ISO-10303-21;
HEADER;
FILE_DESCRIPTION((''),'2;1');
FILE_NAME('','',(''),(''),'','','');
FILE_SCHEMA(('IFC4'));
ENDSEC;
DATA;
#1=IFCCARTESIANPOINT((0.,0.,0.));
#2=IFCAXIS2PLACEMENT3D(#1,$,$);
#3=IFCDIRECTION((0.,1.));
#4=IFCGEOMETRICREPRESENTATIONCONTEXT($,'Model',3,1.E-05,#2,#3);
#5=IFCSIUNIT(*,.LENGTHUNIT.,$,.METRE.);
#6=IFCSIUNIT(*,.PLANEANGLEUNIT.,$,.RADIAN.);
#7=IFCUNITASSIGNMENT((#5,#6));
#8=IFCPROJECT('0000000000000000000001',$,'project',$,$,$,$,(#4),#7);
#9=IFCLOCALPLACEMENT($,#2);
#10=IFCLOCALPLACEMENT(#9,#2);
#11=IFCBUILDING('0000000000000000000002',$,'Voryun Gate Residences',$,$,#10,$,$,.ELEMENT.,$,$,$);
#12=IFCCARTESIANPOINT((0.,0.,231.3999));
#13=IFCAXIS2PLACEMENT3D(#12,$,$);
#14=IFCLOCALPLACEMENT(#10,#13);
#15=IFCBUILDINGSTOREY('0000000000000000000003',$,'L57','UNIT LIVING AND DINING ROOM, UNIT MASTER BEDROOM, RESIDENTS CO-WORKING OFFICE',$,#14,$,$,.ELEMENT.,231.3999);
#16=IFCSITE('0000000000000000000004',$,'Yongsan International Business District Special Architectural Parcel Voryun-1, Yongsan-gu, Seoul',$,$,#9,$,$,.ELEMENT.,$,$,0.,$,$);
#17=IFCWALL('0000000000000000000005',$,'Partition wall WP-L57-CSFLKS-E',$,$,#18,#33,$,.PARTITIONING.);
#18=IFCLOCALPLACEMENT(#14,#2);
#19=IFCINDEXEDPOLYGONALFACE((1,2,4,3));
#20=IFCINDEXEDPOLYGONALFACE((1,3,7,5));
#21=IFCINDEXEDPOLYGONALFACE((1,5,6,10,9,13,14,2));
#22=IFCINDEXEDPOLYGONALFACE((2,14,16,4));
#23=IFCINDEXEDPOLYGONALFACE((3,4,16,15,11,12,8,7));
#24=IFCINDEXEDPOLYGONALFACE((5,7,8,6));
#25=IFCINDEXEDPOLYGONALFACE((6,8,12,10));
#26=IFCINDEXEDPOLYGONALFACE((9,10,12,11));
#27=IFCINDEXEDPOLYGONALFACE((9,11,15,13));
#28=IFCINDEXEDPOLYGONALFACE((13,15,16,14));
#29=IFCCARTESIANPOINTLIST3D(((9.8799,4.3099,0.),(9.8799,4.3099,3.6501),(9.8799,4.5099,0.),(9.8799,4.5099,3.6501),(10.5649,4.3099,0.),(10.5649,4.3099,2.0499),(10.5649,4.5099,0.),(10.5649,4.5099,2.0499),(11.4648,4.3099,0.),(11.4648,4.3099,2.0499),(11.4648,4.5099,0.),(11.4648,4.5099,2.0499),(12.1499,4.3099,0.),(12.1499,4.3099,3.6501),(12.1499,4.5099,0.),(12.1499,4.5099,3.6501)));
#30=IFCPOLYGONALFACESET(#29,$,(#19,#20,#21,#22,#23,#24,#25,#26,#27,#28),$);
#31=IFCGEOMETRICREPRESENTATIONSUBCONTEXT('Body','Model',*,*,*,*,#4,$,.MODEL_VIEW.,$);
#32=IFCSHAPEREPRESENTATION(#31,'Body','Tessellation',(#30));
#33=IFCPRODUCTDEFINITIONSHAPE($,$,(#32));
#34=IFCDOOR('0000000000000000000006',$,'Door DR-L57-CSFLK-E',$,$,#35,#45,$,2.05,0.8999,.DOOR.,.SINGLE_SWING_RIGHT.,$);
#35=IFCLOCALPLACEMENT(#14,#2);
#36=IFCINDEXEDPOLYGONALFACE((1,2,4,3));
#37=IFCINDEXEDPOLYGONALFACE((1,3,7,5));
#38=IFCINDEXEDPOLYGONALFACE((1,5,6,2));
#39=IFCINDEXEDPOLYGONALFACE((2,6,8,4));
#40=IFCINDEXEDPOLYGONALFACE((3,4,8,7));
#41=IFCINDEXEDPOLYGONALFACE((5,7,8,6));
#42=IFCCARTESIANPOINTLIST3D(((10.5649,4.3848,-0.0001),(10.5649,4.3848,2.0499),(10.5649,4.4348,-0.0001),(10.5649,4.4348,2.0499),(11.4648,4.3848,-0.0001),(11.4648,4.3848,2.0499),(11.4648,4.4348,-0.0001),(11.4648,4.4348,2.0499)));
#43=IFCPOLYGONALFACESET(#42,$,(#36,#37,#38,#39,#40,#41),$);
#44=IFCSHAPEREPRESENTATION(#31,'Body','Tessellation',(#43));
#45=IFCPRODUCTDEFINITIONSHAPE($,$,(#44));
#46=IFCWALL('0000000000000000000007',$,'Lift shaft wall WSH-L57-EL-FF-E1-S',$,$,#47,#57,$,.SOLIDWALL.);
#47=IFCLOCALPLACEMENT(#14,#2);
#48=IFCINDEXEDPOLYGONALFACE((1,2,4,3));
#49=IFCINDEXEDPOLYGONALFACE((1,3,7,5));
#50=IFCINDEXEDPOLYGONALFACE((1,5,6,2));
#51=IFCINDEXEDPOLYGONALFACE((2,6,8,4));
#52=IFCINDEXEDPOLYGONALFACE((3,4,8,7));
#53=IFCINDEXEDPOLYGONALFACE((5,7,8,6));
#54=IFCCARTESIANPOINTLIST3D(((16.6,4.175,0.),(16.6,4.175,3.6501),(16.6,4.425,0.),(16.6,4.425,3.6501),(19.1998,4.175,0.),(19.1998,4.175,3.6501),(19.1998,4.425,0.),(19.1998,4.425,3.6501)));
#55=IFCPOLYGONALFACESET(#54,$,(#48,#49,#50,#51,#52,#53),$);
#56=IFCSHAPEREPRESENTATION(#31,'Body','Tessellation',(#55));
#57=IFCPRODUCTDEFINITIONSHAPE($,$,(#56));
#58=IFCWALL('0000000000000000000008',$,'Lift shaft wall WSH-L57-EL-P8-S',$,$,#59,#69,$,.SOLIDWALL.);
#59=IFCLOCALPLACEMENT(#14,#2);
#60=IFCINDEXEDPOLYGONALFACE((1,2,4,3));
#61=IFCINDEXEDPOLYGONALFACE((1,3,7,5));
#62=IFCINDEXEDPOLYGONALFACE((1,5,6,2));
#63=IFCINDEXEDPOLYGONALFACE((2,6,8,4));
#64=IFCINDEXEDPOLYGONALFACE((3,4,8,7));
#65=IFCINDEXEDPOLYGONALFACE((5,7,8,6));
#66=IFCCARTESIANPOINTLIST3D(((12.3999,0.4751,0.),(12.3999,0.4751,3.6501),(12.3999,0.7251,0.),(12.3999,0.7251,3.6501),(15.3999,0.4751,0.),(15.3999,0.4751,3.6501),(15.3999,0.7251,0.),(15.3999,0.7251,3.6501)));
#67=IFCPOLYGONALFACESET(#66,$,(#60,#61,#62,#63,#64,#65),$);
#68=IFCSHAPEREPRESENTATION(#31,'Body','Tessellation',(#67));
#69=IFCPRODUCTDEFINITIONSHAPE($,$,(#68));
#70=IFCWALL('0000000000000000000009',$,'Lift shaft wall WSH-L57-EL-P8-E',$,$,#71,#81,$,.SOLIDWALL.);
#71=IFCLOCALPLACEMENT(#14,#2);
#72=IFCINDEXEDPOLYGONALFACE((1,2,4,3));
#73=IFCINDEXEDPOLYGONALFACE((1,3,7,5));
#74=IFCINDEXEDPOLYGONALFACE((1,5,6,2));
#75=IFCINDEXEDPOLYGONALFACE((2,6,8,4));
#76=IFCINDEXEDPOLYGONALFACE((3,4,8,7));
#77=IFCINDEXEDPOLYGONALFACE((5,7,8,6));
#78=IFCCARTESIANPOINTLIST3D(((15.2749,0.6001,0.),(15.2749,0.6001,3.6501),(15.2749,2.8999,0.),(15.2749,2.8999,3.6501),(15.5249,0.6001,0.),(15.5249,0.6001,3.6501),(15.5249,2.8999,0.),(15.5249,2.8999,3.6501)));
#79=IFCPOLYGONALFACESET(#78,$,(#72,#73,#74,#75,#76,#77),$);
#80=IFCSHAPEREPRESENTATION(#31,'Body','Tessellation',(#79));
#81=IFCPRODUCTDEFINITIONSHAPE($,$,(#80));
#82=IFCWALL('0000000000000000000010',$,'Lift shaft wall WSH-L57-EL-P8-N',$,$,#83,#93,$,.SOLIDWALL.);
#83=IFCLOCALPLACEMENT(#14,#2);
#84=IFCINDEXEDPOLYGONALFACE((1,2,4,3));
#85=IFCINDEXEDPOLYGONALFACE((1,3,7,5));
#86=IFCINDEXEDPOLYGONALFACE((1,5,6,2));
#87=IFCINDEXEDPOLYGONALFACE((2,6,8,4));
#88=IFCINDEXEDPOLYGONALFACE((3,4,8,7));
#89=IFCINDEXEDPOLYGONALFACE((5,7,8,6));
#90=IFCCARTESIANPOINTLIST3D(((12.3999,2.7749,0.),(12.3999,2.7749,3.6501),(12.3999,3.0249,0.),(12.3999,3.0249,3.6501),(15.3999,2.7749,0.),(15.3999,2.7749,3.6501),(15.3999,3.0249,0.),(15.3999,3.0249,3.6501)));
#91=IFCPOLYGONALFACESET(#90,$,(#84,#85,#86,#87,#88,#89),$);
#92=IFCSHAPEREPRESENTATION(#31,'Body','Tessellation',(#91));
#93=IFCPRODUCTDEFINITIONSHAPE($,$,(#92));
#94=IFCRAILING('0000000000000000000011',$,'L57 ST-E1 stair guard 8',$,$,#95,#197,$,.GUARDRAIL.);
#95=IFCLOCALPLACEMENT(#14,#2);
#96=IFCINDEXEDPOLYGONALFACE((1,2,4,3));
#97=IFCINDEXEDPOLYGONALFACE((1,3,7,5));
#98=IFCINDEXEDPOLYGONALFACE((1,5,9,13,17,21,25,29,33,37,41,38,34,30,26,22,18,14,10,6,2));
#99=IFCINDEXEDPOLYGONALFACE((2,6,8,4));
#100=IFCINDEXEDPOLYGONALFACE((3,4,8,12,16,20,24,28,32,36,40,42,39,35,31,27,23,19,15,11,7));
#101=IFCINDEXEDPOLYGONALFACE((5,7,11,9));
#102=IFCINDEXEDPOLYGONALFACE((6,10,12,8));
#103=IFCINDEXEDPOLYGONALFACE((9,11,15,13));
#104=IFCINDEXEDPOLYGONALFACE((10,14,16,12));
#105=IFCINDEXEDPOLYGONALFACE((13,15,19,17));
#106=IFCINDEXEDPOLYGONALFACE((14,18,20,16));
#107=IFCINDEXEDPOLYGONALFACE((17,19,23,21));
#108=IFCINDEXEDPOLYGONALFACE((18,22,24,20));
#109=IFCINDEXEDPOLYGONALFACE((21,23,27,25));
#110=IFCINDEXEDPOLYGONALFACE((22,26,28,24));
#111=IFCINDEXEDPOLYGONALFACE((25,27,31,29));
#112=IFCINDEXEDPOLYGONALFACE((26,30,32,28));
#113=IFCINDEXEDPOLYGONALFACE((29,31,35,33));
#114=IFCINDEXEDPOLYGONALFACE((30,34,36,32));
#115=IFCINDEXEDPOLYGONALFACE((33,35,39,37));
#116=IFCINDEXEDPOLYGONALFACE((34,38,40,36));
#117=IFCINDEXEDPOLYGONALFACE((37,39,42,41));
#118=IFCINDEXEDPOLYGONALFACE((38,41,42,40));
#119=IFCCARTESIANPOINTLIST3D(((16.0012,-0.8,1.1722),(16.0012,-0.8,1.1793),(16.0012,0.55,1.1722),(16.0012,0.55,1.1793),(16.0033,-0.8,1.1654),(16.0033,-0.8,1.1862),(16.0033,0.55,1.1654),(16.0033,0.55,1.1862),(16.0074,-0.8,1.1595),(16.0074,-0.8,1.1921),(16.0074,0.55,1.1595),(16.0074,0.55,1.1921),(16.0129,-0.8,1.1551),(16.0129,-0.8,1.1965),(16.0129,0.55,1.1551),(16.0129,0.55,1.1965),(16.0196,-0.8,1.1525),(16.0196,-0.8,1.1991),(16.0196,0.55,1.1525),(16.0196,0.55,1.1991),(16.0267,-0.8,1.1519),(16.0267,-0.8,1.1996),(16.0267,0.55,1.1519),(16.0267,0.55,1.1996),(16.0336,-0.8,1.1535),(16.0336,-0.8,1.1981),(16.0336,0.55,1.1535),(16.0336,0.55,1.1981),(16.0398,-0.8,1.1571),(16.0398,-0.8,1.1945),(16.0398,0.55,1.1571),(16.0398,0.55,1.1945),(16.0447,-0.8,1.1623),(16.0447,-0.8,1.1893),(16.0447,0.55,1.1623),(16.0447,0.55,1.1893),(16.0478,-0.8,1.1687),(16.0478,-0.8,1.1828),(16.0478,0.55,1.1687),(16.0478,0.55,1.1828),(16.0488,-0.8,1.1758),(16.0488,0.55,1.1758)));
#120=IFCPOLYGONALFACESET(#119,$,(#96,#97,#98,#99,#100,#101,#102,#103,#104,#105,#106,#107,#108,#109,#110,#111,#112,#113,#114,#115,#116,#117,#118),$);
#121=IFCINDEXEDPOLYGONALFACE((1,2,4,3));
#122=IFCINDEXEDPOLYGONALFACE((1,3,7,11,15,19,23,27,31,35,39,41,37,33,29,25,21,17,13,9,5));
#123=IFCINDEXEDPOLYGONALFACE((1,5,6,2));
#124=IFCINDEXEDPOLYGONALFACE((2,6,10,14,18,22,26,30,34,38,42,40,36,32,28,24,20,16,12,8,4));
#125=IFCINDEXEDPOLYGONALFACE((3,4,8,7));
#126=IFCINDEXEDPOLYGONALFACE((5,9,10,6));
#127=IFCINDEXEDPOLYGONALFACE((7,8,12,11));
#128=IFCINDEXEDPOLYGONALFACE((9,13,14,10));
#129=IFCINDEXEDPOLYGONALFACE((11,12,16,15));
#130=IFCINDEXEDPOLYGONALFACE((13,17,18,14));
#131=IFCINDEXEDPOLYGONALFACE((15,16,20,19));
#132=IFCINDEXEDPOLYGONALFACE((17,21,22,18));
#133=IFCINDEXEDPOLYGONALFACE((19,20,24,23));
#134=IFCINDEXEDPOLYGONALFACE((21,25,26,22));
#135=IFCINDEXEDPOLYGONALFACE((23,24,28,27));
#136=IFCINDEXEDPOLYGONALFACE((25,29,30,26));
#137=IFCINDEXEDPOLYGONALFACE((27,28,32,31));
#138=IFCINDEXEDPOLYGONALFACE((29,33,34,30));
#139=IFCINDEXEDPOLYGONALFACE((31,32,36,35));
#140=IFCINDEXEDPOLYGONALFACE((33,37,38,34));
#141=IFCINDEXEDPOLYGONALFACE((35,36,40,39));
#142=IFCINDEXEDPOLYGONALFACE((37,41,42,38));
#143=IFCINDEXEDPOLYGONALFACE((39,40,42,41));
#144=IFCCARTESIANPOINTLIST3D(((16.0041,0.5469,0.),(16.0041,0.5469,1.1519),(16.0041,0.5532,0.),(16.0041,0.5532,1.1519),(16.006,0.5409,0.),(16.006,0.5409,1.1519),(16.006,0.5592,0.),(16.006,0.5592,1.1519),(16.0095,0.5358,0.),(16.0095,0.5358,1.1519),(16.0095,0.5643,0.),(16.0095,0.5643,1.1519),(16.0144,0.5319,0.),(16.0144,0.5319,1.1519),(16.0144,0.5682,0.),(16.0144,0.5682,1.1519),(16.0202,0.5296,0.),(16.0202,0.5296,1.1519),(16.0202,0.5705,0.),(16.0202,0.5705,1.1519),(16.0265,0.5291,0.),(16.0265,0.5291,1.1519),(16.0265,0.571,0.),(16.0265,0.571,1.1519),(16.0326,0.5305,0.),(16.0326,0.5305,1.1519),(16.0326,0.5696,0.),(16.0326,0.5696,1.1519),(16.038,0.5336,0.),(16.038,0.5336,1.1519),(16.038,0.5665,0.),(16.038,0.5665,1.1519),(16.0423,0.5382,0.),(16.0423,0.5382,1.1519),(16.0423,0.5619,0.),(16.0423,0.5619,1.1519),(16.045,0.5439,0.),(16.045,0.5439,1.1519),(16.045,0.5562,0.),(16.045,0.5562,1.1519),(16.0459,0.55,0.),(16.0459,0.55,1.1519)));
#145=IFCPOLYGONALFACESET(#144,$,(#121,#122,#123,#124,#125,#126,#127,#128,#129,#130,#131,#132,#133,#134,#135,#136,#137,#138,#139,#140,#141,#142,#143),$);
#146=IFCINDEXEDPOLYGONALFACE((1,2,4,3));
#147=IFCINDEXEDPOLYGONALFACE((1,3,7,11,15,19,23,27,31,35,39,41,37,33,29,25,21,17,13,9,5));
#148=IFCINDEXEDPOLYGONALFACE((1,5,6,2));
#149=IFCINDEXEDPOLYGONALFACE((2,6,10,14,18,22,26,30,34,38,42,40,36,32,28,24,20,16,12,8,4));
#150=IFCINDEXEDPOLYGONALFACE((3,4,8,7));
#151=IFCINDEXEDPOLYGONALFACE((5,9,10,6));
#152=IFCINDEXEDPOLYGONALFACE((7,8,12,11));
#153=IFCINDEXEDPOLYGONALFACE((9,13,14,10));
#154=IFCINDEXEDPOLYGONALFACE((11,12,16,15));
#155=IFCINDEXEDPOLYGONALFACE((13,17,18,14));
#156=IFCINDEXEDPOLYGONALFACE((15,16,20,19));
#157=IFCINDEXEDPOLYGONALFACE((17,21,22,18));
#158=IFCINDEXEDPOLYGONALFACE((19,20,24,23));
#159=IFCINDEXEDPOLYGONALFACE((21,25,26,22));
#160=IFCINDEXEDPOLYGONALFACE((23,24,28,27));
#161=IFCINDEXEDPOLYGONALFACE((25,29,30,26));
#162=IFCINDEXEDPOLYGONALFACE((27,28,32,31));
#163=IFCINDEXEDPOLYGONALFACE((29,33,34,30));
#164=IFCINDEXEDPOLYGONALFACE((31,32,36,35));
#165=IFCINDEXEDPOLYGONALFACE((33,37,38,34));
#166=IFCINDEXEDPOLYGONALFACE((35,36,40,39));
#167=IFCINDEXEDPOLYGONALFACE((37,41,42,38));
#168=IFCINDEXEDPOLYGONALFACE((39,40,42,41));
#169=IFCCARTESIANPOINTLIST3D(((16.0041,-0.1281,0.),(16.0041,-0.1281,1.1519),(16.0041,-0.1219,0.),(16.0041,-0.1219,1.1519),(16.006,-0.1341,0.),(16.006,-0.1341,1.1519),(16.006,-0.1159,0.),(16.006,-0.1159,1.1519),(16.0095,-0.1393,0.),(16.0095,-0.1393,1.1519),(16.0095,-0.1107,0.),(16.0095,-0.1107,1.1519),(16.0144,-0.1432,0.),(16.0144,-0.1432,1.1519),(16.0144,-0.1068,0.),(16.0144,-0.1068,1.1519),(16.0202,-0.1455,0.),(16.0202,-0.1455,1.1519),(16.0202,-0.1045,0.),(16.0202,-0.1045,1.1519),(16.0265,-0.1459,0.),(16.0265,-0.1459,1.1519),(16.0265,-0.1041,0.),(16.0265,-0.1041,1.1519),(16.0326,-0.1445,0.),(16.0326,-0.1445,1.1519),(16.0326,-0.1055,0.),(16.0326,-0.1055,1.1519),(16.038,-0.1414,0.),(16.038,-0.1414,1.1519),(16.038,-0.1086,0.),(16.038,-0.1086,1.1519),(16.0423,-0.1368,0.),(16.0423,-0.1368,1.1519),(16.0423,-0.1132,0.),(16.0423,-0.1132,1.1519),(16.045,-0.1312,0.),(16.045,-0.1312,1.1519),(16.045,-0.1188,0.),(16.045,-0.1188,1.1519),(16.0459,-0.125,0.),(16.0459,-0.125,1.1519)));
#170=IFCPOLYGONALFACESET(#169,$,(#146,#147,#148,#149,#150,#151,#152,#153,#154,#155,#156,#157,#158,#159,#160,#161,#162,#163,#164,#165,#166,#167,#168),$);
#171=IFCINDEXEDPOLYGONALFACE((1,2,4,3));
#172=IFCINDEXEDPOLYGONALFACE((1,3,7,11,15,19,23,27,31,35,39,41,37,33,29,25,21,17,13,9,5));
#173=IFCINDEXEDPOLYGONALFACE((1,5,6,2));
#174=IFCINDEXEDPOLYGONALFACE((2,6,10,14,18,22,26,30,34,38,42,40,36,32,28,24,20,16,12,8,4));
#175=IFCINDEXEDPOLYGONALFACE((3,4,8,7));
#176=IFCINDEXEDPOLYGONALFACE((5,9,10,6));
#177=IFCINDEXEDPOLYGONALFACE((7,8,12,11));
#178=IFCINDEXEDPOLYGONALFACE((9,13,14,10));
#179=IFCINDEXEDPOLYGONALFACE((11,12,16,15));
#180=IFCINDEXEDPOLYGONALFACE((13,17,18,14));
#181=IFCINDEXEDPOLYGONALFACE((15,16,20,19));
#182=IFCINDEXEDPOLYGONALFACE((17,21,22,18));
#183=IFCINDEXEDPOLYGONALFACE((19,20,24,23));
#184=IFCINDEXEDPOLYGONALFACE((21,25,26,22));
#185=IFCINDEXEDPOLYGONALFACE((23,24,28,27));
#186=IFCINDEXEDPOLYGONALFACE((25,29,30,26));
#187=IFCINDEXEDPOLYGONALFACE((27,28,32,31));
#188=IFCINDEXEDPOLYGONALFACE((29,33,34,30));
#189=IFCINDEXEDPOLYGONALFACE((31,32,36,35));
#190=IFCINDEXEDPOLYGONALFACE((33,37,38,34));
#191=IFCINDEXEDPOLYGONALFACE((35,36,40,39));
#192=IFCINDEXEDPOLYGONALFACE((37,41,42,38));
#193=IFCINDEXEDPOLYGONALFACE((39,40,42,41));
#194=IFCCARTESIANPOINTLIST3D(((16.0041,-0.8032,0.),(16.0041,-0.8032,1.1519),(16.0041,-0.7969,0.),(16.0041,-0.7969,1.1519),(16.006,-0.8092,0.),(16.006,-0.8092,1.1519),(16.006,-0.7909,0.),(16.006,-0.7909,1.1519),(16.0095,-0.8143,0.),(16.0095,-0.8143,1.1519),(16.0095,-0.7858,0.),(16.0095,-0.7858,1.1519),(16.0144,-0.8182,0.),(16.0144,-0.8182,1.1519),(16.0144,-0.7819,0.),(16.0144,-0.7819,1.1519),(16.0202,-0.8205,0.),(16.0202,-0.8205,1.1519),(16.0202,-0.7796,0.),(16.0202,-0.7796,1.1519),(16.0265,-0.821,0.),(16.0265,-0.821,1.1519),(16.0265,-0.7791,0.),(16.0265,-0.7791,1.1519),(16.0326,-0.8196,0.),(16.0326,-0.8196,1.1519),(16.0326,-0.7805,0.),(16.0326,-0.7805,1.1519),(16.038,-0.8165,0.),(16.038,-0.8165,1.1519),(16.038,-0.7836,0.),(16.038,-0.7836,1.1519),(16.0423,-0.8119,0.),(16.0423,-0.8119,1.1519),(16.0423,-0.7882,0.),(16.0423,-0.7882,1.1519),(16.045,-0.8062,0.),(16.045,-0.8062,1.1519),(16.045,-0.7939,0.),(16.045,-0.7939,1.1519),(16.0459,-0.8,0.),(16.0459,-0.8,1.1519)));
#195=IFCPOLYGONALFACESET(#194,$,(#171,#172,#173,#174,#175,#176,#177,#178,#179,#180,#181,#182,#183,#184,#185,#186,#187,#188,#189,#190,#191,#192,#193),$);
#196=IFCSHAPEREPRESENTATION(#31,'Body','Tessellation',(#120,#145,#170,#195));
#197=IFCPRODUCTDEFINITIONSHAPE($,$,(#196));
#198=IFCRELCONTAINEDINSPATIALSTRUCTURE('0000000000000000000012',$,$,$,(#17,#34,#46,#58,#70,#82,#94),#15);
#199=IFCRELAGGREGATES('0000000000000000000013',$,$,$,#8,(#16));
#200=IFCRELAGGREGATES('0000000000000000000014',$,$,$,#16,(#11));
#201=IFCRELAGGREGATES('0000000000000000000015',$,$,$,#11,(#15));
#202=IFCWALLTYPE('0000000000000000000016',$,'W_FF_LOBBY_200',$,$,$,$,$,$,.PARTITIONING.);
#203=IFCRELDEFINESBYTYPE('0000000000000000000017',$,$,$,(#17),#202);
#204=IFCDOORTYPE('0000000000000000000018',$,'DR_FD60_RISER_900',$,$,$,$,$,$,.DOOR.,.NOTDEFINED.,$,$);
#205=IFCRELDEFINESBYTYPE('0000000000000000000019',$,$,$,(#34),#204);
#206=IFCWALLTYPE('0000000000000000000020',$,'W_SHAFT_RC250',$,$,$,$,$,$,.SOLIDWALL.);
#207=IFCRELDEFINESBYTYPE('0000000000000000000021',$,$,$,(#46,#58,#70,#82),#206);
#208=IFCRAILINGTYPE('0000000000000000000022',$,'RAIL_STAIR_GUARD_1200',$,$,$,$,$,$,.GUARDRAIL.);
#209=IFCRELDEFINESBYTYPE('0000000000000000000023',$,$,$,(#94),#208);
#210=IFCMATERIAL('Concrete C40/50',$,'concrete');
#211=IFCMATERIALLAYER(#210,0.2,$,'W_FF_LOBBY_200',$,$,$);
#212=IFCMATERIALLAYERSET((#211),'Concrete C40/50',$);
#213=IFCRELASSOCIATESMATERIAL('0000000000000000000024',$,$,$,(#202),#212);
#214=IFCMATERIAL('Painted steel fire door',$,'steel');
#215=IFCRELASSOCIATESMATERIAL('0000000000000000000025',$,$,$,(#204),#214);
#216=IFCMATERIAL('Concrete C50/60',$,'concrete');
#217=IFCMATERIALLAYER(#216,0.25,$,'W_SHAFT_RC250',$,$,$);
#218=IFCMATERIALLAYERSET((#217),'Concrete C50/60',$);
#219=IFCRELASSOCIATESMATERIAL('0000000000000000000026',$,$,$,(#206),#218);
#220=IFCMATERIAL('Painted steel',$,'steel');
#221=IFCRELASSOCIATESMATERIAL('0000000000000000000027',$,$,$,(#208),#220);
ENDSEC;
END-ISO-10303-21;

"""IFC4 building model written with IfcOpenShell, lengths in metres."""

from ifc_helpers import new_model, si_unit, direction, frame, frame_2d, origin, origin_2d, place, context, subcontext, project, spatial, rectangle, circle, extrude, material, layer, layer_set, type_object, element, fill, save


model = new_model("IFC4")

# Units and contexts
model_context = context("Model", 3, precision=1e-05, world=origin(), true_north=direction((0.0, 1.0)))
body_context = subcontext(model_context, "Body", "Model", "MODEL_VIEW")
ifc_project = project(units=[si_unit("LENGTHUNIT", "METRE"), si_unit("PLANEANGLEUNIT", "RADIAN")], contexts=[model_context])

# Site, building, storey
site_placement = place(None, origin())
site = spatial("IfcSite", under=ifc_project, at=site_placement, Name="Yongsan International Business District Special Architectural Parcel Voryun-1, Yongsan-gu, Seoul", CompositionType="ELEMENT", RefElevation=0.0)
building_placement = place(site_placement, origin())
building = spatial("IfcBuilding", under=site, at=building_placement, Name="Voryun Gate Residences", CompositionType="ELEMENT")
storey_placement = place(building_placement, frame((0.0, 0.0, 231.3999)))
storey = spatial("IfcBuildingStorey", under=building, at=storey_placement, Name="L57", Description="UNIT LIVING AND DINING ROOM, UNIT MASTER BEDROOM, RESIDENTS CO-WORKING OFFICE", CompositionType="ELEMENT", Elevation=231.3999)

# Shared definitions
ifc_material_1 = material(Name="Concrete C40/50", Category="concrete")
ifc_layer_1 = layer(ifc_material_1, 0.2, Name="W_FF_LOBBY_200")
ifc_layer_set_1 = layer_set([ifc_layer_1], Name="Concrete C40/50")
wall_type_1 = type_object("IfcWallType", Name="W_FF_LOBBY_200", PredefinedType="PARTITIONING", material=ifc_layer_set_1)

# Wall, opening, door
wall_1_placement = place(storey_placement, frame((9.8799, 4.4099, 0.0), z_axis=(0.0, 0.0, 1.0), x_axis=(1.0, 0.0, 0.0)))
wall_1 = element("IfcWall", 1, at=wall_1_placement, inside=storey, type_object=wall_type_1, Name="Partition wall WP-L57-CSFLKS-E", PredefinedType="PARTITIONING", context=body_context, shape_type="SweptSolid", body=[
    extrude(rectangle(XDim=2.27, YDim=0.2, at=frame_2d((1.135, 0.0))), origin(), (0.0, 0.0, 1.0), 3.6501),
])
opening_1_placement = place(wall_1_placement, frame((0.6851, 0.0, 0.0)))
opening_1 = element("IfcOpeningElement", 2, at=opening_1_placement, cuts=wall_1, PredefinedType="OPENING", context=body_context, shape_type="SweptSolid", body=[
    extrude(rectangle(XDim=0.8999, YDim=2.05, at=frame_2d((0.45, 1.0249))), frame((0.0, 0.1101, 0.0), z_axis=(0.0, -1.0, 0.0), x_axis=(1.0, 0.0, 0.0)), (0.0, 0.0, 1.0), 0.22),
])
ifc_material_2 = material(Name="Painted steel fire door", Category="steel")
door_type_1 = type_object("IfcDoorType", Name="DR_FD60_RISER_900", OperationType="NOTDEFINED", PredefinedType="DOOR", material=ifc_material_2)
door_1_placement = place(opening_1_placement, origin())
door_1 = element("IfcDoor", 3, at=door_1_placement, inside=storey, type_object=door_type_1, Name="Door DR-L57-CSFLK-E", OperationType="SINGLE_SWING_RIGHT", OverallHeight=2.05, OverallWidth=0.8999, PredefinedType="DOOR", context=body_context, shape_type="SweptSolid", body=[
    extrude(rectangle(XDim=0.8999, YDim=2.05, at=frame_2d((0.45, 1.0249))), frame((0.0, 0.0249, 0.0), z_axis=(0.0, -1.0, 0.0), x_axis=(1.0, 0.0, 0.0)), (0.0, 0.0, 1.0), 0.05),
])
fill(opening_1, door_1)

# Walls
ifc_material_3 = material(Name="Concrete C50/60", Category="concrete")
ifc_layer_2 = layer(ifc_material_3, 0.25, Name="W_SHAFT_RC250")
ifc_layer_set_2 = layer_set([ifc_layer_2], Name="Concrete C50/60")
wall_type_2 = type_object("IfcWallType", Name="W_SHAFT_RC250", PredefinedType="SOLIDWALL", material=ifc_layer_set_2)
wall_2_placement = place(storey_placement, frame((16.6001, 4.3, 0.0), z_axis=(0.0, 0.0, 1.0), x_axis=(1.0, 0.0, 0.0)))
element("IfcWall", 4, at=wall_2_placement, inside=storey, type_object=wall_type_2, Name="Lift shaft wall WSH-L57-EL-FF-E1-S", PredefinedType="SOLIDWALL", context=body_context, shape_type="SweptSolid", body=[
    extrude(rectangle(XDim=2.5999, YDim=0.25, at=frame_2d((1.2998, 0.0))), origin(), (0.0, 0.0, 1.0), 3.6501),
])
wall_3_placement = place(storey_placement, frame((12.3999, 0.6001, 0.0), z_axis=(0.0, 0.0, 1.0), x_axis=(1.0, 0.0, 0.0)))
element("IfcWall", 5, at=wall_3_placement, inside=storey, type_object=wall_type_2, Name="Lift shaft wall WSH-L57-EL-P8-S", PredefinedType="SOLIDWALL", context=body_context, shape_type="SweptSolid", body=[
    extrude(rectangle(XDim=3.0, YDim=0.25, at=frame_2d((1.5, 0.0))), origin(), (0.0, 0.0, 1.0), 3.6501),
])
wall_4_placement = place(storey_placement, frame((15.3999, 0.6001, 0.0), z_axis=(0.0, 0.0, 1.0), x_axis=(0.0, 1.0, 0.0)))
element("IfcWall", 6, at=wall_4_placement, inside=storey, type_object=wall_type_2, Name="Lift shaft wall WSH-L57-EL-P8-E", PredefinedType="SOLIDWALL", context=body_context, shape_type="SweptSolid", body=[
    extrude(rectangle(XDim=2.2998, YDim=0.25, at=frame_2d((1.1499, 0.0))), origin(), (0.0, 0.0, 1.0), 3.6501),
])
wall_5_placement = place(storey_placement, frame((15.3999, 2.8999, 0.0), z_axis=(0.0, 0.0, 1.0), x_axis=(-1.0, 0.0, 0.0)))
element("IfcWall", 7, at=wall_5_placement, inside=storey, type_object=wall_type_2, Name="Lift shaft wall WSH-L57-EL-P8-N", PredefinedType="SOLIDWALL", context=body_context, shape_type="SweptSolid", body=[
    extrude(rectangle(XDim=3.0, YDim=0.25, at=frame_2d((1.5, 0.0))), origin(), (0.0, 0.0, 1.0), 3.6501),
])

# Railing
ifc_material_4 = material(Name="Painted steel", Category="steel")
railing_type = type_object("IfcRailingType", Name="RAIL_STAIR_GUARD_1200", PredefinedType="GUARDRAIL", material=ifc_material_4)
railing_placement = place(storey_placement, frame((16.0249, 0.55, 0.0)))
element("IfcRailing", 8, at=railing_placement, inside=storey, type_object=railing_type, Name="L57 ST-E1 stair guard 8", PredefinedType="GUARDRAIL", context=body_context, shape_type="SweptSolid", body=[
    extrude(circle(Radius=0.0239, at=origin_2d()), frame((0.0, 0.0, 1.1758), z_axis=(0.0, -1.0, 0.0), x_axis=(1.0, 0.0, 0.0)), (0.0, 0.0, 1.0), 1.3501),
    extrude(circle(Radius=0.021, at=origin_2d()), origin(), (0.0, 0.0, 1.0), 1.1519),
    extrude(circle(Radius=0.021, at=origin_2d()), frame((0.0, -0.675, 0.0)), (0.0, 0.0, 1.0), 1.1519),
    extrude(circle(Radius=0.021, at=origin_2d()), frame((0.0, -1.3501, 0.0)), (0.0, 0.0, 1.0), 1.1519),
])

save(model, "model.ifc")
